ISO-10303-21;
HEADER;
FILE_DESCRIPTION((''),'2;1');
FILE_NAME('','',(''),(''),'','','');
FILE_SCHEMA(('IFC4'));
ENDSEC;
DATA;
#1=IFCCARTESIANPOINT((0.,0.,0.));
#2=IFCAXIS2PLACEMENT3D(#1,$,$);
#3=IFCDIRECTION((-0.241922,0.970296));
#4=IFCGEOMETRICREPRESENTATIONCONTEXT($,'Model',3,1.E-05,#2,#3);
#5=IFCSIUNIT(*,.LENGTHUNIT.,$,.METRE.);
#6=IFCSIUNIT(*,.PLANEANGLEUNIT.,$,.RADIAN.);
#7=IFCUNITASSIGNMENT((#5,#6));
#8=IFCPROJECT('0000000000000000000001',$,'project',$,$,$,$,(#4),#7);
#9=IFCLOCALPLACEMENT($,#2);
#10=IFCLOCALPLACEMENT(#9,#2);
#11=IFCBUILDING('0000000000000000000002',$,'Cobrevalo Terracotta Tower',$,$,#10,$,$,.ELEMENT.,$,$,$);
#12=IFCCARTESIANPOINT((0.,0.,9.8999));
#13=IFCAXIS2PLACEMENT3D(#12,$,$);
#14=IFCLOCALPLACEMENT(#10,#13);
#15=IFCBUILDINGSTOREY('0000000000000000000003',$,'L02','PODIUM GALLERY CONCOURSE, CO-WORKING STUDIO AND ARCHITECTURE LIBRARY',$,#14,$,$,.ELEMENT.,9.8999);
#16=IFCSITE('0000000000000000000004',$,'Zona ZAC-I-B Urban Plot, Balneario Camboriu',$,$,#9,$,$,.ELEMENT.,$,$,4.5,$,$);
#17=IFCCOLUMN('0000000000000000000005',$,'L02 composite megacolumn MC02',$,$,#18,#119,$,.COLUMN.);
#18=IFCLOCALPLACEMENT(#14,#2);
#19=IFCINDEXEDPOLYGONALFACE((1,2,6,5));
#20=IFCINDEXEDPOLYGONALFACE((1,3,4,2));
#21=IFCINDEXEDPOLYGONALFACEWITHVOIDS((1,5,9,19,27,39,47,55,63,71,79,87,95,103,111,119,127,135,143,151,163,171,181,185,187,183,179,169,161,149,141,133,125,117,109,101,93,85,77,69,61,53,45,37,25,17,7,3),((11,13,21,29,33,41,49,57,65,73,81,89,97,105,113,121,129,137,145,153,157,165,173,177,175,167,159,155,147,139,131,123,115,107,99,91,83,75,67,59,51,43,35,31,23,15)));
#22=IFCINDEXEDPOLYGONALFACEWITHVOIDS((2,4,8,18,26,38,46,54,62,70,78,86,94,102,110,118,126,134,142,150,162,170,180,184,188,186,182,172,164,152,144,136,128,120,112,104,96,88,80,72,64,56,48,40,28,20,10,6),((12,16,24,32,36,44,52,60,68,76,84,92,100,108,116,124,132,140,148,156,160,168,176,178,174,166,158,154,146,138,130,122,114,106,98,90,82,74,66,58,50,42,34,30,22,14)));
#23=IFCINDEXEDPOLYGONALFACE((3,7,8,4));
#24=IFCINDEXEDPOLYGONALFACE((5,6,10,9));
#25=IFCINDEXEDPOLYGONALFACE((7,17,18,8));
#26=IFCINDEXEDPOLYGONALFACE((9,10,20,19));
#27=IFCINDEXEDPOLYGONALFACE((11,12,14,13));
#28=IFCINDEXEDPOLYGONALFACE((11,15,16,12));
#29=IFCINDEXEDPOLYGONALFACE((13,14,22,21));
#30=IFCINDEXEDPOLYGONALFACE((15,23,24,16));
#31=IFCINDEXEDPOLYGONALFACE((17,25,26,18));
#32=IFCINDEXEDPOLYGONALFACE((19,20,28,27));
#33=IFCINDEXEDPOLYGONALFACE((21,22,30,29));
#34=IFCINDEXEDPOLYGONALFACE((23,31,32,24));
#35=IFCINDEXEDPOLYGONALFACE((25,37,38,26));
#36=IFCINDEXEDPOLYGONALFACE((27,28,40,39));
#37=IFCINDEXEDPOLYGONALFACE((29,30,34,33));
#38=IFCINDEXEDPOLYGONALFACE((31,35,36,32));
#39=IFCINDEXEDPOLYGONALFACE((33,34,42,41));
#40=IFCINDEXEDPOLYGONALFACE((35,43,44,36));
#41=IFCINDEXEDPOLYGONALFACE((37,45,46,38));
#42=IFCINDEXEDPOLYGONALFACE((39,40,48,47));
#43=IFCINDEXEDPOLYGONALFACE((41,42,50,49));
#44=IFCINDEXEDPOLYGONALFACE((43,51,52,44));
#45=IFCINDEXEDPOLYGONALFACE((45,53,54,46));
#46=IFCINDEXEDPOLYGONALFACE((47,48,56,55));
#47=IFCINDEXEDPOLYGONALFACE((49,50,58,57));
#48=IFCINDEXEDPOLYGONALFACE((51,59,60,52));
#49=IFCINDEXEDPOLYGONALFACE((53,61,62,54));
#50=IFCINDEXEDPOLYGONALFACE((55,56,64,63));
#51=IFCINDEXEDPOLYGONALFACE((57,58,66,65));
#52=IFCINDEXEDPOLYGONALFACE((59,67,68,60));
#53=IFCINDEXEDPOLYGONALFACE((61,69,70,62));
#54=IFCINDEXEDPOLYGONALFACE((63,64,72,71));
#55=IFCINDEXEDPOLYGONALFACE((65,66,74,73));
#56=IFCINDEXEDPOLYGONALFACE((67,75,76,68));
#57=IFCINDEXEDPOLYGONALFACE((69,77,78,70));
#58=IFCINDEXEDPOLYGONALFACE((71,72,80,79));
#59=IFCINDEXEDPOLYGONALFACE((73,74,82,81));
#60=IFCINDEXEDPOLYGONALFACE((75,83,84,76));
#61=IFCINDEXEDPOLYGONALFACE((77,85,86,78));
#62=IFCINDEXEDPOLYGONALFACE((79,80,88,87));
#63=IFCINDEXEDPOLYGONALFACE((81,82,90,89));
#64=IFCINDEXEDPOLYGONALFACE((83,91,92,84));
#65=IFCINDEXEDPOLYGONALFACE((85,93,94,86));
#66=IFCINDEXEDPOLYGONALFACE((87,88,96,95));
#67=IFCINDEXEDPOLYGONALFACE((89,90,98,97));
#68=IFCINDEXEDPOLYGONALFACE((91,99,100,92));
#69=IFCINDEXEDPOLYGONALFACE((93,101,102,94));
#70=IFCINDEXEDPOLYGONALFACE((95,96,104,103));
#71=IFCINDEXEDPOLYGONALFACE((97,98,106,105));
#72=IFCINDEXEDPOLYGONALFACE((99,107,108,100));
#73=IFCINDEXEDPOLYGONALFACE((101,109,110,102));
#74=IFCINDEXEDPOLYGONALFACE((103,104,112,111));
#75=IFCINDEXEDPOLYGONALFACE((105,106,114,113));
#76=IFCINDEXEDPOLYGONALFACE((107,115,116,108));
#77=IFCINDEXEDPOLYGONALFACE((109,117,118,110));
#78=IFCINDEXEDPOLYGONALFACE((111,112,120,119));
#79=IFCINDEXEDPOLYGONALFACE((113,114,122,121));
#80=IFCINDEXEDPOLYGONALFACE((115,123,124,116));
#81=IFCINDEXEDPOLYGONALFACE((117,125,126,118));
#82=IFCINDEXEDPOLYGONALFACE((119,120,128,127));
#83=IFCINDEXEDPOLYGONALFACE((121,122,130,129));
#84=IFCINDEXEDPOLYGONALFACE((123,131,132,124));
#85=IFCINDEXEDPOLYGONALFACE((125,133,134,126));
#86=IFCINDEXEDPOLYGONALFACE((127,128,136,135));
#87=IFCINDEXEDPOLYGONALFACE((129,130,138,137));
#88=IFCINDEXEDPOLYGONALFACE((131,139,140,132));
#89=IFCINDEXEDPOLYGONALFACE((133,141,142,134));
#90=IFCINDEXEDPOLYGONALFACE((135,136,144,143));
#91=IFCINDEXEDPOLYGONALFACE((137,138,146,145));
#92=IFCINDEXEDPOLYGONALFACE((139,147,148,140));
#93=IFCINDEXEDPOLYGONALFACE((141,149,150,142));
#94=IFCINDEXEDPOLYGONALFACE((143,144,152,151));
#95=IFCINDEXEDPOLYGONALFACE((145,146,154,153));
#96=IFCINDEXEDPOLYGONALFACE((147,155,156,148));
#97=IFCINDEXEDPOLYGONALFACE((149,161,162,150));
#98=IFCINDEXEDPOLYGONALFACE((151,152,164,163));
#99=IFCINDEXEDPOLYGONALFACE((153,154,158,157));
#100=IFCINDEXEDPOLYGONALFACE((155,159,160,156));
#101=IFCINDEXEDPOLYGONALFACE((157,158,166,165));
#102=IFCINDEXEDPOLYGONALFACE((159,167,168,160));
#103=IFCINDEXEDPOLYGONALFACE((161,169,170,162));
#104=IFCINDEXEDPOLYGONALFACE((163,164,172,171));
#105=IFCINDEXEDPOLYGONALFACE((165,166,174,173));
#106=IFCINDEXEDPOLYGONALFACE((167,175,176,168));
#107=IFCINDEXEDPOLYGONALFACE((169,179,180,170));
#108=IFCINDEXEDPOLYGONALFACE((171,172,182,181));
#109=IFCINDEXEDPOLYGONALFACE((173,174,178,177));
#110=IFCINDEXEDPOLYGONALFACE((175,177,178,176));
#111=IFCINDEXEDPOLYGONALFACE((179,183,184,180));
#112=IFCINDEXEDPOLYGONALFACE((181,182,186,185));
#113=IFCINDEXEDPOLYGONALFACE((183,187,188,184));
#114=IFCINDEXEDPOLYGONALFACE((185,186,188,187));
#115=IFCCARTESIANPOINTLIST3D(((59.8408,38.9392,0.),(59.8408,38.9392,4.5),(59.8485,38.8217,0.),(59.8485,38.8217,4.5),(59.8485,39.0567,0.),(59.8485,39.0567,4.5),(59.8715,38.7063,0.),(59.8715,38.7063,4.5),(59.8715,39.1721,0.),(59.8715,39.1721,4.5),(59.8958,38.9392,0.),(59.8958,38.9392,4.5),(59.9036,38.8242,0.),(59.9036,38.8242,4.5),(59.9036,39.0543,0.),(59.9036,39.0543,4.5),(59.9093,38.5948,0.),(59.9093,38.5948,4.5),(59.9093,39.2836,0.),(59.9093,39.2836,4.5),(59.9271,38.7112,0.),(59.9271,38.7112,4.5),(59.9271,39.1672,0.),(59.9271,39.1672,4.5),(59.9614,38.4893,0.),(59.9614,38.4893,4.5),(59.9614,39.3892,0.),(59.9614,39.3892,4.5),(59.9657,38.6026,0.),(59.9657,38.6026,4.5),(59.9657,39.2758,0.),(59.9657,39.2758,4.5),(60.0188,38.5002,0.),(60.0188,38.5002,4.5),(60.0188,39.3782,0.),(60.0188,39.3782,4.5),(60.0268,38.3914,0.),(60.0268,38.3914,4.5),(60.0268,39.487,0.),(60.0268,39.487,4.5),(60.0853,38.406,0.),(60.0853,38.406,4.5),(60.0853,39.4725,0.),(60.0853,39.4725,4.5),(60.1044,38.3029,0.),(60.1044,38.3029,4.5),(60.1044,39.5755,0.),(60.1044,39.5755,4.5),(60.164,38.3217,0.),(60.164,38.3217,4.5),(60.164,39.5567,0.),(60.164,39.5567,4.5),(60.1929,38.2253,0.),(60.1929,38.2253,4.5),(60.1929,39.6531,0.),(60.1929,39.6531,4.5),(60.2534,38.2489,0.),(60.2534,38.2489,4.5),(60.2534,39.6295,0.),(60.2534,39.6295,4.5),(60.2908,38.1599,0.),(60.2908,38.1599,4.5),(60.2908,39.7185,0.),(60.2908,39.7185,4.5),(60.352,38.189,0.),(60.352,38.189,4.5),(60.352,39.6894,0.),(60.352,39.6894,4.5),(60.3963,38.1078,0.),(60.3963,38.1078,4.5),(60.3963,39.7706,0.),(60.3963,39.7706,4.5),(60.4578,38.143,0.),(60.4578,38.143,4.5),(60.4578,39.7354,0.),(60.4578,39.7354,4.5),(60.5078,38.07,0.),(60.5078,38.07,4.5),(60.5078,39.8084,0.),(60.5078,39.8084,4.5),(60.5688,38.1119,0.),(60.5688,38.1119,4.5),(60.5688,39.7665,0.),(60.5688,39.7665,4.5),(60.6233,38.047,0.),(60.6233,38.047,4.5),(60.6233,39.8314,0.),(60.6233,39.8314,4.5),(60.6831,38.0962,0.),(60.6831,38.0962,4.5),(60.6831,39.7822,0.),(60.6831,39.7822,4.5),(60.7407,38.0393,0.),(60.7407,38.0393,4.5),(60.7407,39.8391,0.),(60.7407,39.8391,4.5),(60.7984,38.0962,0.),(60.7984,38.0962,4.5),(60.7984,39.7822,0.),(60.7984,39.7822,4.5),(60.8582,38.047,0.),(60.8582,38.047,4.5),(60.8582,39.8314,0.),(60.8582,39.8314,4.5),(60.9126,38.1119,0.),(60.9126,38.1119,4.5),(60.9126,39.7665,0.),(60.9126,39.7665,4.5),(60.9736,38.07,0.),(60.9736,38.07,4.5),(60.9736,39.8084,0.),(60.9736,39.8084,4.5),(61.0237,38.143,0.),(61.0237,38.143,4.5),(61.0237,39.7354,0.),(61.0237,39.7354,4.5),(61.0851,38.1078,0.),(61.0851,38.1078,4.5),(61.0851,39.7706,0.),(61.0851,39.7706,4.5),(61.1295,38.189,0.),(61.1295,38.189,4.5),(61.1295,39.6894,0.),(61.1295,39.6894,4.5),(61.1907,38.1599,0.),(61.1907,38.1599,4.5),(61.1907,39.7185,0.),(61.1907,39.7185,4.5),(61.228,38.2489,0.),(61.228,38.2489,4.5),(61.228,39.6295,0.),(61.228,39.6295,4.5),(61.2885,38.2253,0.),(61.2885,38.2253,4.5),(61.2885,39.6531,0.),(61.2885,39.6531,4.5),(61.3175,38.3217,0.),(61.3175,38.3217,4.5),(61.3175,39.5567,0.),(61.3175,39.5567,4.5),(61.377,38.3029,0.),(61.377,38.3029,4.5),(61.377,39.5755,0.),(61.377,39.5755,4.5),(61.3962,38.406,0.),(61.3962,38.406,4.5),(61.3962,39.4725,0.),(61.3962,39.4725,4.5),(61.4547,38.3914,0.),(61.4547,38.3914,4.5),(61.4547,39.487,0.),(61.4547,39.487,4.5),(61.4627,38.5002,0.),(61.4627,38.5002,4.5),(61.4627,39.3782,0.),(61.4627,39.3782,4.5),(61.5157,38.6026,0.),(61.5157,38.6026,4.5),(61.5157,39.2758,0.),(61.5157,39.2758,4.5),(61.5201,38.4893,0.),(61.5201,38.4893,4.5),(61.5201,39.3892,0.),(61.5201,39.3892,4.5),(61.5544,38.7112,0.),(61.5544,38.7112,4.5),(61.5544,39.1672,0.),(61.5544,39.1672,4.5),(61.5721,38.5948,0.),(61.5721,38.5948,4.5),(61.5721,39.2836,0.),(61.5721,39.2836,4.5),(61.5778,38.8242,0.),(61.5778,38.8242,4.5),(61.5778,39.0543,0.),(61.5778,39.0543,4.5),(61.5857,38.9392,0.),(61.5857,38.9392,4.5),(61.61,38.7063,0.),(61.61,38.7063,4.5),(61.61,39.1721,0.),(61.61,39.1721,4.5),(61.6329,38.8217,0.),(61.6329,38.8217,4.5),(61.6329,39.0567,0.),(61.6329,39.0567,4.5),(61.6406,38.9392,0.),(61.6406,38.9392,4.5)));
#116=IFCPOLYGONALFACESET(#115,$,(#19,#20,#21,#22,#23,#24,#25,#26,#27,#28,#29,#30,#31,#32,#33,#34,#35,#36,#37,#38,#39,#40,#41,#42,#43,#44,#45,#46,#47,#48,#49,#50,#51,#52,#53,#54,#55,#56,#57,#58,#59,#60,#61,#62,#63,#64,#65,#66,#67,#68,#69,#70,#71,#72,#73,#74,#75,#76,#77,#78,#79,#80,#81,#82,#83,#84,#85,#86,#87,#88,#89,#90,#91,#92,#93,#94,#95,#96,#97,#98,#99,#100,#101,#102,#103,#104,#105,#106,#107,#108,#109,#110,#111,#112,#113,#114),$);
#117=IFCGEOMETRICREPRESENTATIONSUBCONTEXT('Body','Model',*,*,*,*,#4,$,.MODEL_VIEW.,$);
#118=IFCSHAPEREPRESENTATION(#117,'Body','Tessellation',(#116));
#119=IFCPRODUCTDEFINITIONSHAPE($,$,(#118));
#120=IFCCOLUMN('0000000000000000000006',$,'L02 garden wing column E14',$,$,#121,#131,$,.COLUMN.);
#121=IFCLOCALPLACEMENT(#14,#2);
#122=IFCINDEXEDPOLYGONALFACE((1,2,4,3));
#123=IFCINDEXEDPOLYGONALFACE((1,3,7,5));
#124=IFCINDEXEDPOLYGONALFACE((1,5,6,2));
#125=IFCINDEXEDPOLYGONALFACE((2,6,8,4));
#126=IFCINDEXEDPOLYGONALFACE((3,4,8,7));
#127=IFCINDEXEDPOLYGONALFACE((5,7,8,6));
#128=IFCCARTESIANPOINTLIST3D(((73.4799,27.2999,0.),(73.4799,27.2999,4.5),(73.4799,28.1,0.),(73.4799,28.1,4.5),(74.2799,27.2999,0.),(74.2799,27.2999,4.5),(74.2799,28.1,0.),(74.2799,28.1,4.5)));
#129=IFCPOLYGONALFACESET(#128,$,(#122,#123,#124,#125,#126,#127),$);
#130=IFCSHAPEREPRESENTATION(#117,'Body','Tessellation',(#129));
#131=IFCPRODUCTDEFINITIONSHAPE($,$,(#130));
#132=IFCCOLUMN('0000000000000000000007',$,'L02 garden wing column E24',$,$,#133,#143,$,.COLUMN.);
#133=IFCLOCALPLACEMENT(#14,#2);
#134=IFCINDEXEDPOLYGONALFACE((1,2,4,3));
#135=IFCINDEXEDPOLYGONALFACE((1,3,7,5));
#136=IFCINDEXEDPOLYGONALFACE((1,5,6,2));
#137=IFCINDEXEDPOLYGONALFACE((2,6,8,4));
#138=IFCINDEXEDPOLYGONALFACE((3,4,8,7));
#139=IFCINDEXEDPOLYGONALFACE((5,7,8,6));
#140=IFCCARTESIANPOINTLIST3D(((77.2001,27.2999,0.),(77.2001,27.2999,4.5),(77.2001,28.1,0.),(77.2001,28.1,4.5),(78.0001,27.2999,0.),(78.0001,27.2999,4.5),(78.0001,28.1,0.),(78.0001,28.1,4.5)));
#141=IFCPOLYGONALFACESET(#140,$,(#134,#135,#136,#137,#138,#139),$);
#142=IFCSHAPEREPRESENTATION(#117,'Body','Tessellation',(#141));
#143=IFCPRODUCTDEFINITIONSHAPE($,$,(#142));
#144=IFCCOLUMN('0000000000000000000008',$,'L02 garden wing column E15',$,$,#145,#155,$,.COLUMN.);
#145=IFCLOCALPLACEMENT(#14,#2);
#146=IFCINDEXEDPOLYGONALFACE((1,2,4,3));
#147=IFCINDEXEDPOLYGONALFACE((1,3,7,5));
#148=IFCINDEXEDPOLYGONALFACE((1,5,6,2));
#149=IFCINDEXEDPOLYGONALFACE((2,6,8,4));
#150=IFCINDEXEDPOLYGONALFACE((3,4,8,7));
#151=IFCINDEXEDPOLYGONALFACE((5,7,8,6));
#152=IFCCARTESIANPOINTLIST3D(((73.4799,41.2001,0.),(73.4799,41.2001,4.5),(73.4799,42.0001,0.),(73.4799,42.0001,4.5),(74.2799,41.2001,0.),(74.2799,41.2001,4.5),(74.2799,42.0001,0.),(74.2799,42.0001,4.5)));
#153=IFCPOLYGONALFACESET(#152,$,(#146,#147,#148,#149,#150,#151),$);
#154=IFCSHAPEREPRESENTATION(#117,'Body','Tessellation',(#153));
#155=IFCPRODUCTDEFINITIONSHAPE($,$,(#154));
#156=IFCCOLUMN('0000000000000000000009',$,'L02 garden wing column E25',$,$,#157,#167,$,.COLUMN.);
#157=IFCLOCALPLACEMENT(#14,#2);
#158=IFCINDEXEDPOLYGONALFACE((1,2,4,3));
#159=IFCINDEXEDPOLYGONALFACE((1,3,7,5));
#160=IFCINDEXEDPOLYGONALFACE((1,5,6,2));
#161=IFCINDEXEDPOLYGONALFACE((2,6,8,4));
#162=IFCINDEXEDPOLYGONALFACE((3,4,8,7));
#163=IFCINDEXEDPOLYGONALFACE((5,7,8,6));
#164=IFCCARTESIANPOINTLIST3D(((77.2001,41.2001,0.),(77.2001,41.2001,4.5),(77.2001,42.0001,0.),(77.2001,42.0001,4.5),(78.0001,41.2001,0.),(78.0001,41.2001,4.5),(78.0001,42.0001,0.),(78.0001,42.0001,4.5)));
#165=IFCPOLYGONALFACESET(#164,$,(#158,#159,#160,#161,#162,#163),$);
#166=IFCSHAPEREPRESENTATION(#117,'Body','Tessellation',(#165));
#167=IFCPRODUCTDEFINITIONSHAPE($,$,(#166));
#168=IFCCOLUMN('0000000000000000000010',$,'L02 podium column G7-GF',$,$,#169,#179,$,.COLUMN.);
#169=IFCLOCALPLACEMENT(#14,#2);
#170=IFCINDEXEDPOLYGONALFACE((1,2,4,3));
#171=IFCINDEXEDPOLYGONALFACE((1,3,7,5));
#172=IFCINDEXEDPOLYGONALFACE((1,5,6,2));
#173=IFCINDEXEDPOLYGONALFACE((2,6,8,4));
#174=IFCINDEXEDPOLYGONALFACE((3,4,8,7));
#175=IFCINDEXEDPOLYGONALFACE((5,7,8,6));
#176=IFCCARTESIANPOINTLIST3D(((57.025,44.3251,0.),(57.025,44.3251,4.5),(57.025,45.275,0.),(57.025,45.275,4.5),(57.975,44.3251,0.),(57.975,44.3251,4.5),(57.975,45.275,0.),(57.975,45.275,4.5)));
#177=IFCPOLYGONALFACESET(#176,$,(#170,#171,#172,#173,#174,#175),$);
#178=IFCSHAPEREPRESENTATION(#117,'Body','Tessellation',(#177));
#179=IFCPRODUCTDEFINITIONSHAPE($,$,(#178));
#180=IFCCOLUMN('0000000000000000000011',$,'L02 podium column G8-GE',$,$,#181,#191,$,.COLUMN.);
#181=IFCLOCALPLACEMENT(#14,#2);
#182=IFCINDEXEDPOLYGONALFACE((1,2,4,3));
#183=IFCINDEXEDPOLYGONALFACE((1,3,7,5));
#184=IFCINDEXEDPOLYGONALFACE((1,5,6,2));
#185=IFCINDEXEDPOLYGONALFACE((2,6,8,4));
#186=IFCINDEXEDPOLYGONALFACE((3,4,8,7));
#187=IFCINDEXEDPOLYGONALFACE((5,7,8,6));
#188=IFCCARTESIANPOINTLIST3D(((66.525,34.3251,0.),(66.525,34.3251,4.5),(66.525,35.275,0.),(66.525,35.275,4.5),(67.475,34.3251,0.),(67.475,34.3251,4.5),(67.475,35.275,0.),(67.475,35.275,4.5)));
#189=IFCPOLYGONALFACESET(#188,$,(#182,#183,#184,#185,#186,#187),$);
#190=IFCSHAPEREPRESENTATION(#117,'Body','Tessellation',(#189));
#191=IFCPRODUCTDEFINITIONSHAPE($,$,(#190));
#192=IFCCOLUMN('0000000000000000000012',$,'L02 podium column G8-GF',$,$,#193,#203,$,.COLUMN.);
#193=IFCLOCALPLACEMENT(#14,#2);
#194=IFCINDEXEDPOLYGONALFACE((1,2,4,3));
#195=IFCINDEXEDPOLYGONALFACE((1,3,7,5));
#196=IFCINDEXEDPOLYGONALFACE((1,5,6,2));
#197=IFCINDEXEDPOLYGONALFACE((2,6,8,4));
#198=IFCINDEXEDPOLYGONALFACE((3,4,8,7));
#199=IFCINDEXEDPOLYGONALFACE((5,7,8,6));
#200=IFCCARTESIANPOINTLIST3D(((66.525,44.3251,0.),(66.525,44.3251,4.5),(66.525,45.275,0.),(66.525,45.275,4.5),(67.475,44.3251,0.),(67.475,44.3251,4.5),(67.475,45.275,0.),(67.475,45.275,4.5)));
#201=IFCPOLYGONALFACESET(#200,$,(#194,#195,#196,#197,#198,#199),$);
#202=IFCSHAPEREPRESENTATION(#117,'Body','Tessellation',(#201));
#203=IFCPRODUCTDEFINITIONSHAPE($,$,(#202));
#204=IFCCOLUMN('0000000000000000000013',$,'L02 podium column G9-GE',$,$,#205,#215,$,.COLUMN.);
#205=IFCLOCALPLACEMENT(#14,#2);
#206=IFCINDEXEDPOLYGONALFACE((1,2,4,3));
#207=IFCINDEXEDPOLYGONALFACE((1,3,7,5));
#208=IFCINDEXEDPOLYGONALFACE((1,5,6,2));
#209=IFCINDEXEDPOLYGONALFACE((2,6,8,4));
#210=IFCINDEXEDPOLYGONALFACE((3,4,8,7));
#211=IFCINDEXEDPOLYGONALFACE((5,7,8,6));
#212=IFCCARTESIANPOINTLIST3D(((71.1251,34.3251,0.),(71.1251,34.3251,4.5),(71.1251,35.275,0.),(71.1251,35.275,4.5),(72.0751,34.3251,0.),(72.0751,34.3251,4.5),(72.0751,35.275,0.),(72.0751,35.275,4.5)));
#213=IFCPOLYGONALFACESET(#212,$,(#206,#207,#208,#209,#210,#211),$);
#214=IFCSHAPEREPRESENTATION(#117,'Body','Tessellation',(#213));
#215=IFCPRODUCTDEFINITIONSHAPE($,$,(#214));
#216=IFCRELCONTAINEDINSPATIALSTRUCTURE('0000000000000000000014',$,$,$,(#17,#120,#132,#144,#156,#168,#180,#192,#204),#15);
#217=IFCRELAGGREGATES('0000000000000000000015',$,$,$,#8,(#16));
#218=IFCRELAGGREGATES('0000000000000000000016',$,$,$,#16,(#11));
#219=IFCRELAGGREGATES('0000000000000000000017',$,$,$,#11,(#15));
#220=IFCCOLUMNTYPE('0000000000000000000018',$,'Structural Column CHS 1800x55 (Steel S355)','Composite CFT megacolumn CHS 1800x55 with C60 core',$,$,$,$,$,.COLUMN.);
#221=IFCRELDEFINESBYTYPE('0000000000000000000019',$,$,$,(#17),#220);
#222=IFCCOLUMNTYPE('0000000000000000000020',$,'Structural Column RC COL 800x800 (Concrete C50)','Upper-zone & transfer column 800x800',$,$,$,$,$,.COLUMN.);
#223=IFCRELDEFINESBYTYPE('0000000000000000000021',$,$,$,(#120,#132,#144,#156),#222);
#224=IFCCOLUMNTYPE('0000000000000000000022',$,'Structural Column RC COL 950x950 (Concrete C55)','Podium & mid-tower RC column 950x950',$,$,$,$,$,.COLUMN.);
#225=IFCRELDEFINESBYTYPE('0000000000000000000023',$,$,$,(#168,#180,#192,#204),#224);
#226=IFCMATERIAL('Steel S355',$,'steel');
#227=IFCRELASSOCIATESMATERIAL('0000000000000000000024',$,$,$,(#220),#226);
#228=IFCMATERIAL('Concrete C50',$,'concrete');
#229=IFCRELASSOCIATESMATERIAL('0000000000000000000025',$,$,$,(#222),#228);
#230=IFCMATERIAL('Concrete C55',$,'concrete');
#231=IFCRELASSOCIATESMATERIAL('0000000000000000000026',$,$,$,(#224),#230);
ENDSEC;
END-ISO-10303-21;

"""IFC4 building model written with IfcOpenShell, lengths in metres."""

from ifc_helpers import new_model, si_unit, direction, frame, origin, origin_2d, place, context, subcontext, project, spatial, rectangle, hollow_circle, extrude, material, material_profile, profile_set, type_object, element, save


model = new_model("IFC4")

# Units and contexts
model_context = context("Model", 3, precision=1e-05, world=origin(), true_north=direction((-0.241922, 0.970296)))
body_context = subcontext(model_context, "Body", "Model", "MODEL_VIEW")
ifc_project = project(units=[si_unit("LENGTHUNIT", "METRE"), si_unit("PLANEANGLEUNIT", "RADIAN")], contexts=[model_context])

# Site, building, storey
site_placement = place(None, origin())
site = spatial("IfcSite", under=ifc_project, at=site_placement, Name="Zona ZAC-I-B Urban Plot, Balneario Camboriu", CompositionType="ELEMENT", RefElevation=4.5)
building_placement = place(site_placement, origin())
building = spatial("IfcBuilding", under=site, at=building_placement, Name="Cobrevalo Terracotta Tower", CompositionType="ELEMENT")
storey_placement = place(building_placement, frame((0.0, 0.0, 9.8999)))
storey = spatial("IfcBuildingStorey", under=building, at=storey_placement, Name="L02", Description="PODIUM GALLERY CONCOURSE, CO-WORKING STUDIO AND ARCHITECTURE LIBRARY", CompositionType="ELEMENT", Elevation=9.8999)

# Columns
ifc_material_1 = material(Name="Steel S355", Category="steel")
ifc_material_profile_1 = material_profile(ifc_material_1, hollow_circle(Radius=0.8999, WallThickness=0.0549, at=origin_2d()), Name="CHS 1800x55")
ifc_profile_set_1 = profile_set([ifc_material_profile_1], Name="Steel S355")
column_type_1 = type_object("IfcColumnType", Name="Structural Column CHS 1800x55 (Steel S355)", Description="Composite CFT megacolumn CHS 1800x55 with C60 core", PredefinedType="COLUMN", material=ifc_profile_set_1)
for number, where, z_axis, x_axis, name in (
    (1, (60.7407, 38.9392, 0.0), (0.0, 0.0, 1.0), (1.0, 0.0, 0.0), "L02 composite megacolumn MC02"),
):
    element("IfcColumn", number, at=place(storey_placement, frame(where, z_axis=z_axis, x_axis=x_axis)), inside=storey, type_object=column_type_1, Name=name, PredefinedType="COLUMN", context=body_context, shape_type="SweptSolid", body=[
        extrude(hollow_circle(Radius=0.8999, WallThickness=0.0549, at=origin_2d()), origin(), (0.0, 0.0, 1.0), 4.5),
    ])
ifc_material_2 = material(Name="Concrete C50", Category="concrete")
ifc_material_profile_2 = material_profile(ifc_material_2, rectangle(XDim=0.8, YDim=0.8, at=origin_2d()), Name="RC COL 800x800")
ifc_profile_set_2 = profile_set([ifc_material_profile_2], Name="Concrete C50")
column_type_2 = type_object("IfcColumnType", Name="Structural Column RC COL 800x800 (Concrete C50)", Description="Upper-zone & transfer column 800x800", PredefinedType="COLUMN", material=ifc_profile_set_2)
for number, where, z_axis, x_axis, name in (
    (2, (73.8799, 27.7, 0.0), (0.0, 0.0, 1.0), (1.0, 0.0, 0.0), "L02 garden wing column E14"),
    (3, (77.6001, 27.7, 0.0), (0.0, 0.0, 1.0), (1.0, 0.0, 0.0), "L02 garden wing column E24"),
    (4, (73.8799, 41.6001, 0.0), (0.0, 0.0, 1.0), (1.0, 0.0, 0.0), "L02 garden wing column E15"),
    (5, (77.6001, 41.6001, 0.0), (0.0, 0.0, 1.0), (1.0, 0.0, 0.0), "L02 garden wing column E25"),
):
    element("IfcColumn", number, at=place(storey_placement, frame(where, z_axis=z_axis, x_axis=x_axis)), inside=storey, type_object=column_type_2, Name=name, PredefinedType="COLUMN", context=body_context, shape_type="SweptSolid", body=[
        extrude(rectangle(XDim=0.8, YDim=0.8, at=origin_2d()), origin(), (0.0, 0.0, 1.0), 4.5),
    ])
ifc_material_3 = material(Name="Concrete C55", Category="concrete")
ifc_material_profile_3 = material_profile(ifc_material_3, rectangle(XDim=0.95, YDim=0.95, at=origin_2d()), Name="RC COL 950x950")
ifc_profile_set_3 = profile_set([ifc_material_profile_3], Name="Concrete C55")
column_type_3 = type_object("IfcColumnType", Name="Structural Column RC COL 950x950 (Concrete C55)", Description="Podium & mid-tower RC column 950x950", PredefinedType="COLUMN", material=ifc_profile_set_3)
for number, where, z_axis, x_axis, name in (
    (6, (57.5, 44.8, 0.0), (0.0, 0.0, 1.0), (1.0, 0.0, 0.0), "L02 podium column G7-GF"),
    (7, (67.0, 34.8, 0.0), (0.0, 0.0, 1.0), (1.0, 0.0, 0.0), "L02 podium column G8-GE"),
    (8, (67.0, 44.8, 0.0), (0.0, 0.0, 1.0), (1.0, 0.0, 0.0), "L02 podium column G8-GF"),
    (9, (71.6001, 34.8, 0.0), (0.0, 0.0, 1.0), (1.0, 0.0, 0.0), "L02 podium column G9-GE"),
):
    element("IfcColumn", number, at=place(storey_placement, frame(where, z_axis=z_axis, x_axis=x_axis)), inside=storey, type_object=column_type_3, Name=name, PredefinedType="COLUMN", context=body_context, shape_type="SweptSolid", body=[
        extrude(rectangle(XDim=0.95, YDim=0.95, at=origin_2d()), origin(), (0.0, 0.0, 1.0), 4.5),
    ])

save(model, "model.ifc")
